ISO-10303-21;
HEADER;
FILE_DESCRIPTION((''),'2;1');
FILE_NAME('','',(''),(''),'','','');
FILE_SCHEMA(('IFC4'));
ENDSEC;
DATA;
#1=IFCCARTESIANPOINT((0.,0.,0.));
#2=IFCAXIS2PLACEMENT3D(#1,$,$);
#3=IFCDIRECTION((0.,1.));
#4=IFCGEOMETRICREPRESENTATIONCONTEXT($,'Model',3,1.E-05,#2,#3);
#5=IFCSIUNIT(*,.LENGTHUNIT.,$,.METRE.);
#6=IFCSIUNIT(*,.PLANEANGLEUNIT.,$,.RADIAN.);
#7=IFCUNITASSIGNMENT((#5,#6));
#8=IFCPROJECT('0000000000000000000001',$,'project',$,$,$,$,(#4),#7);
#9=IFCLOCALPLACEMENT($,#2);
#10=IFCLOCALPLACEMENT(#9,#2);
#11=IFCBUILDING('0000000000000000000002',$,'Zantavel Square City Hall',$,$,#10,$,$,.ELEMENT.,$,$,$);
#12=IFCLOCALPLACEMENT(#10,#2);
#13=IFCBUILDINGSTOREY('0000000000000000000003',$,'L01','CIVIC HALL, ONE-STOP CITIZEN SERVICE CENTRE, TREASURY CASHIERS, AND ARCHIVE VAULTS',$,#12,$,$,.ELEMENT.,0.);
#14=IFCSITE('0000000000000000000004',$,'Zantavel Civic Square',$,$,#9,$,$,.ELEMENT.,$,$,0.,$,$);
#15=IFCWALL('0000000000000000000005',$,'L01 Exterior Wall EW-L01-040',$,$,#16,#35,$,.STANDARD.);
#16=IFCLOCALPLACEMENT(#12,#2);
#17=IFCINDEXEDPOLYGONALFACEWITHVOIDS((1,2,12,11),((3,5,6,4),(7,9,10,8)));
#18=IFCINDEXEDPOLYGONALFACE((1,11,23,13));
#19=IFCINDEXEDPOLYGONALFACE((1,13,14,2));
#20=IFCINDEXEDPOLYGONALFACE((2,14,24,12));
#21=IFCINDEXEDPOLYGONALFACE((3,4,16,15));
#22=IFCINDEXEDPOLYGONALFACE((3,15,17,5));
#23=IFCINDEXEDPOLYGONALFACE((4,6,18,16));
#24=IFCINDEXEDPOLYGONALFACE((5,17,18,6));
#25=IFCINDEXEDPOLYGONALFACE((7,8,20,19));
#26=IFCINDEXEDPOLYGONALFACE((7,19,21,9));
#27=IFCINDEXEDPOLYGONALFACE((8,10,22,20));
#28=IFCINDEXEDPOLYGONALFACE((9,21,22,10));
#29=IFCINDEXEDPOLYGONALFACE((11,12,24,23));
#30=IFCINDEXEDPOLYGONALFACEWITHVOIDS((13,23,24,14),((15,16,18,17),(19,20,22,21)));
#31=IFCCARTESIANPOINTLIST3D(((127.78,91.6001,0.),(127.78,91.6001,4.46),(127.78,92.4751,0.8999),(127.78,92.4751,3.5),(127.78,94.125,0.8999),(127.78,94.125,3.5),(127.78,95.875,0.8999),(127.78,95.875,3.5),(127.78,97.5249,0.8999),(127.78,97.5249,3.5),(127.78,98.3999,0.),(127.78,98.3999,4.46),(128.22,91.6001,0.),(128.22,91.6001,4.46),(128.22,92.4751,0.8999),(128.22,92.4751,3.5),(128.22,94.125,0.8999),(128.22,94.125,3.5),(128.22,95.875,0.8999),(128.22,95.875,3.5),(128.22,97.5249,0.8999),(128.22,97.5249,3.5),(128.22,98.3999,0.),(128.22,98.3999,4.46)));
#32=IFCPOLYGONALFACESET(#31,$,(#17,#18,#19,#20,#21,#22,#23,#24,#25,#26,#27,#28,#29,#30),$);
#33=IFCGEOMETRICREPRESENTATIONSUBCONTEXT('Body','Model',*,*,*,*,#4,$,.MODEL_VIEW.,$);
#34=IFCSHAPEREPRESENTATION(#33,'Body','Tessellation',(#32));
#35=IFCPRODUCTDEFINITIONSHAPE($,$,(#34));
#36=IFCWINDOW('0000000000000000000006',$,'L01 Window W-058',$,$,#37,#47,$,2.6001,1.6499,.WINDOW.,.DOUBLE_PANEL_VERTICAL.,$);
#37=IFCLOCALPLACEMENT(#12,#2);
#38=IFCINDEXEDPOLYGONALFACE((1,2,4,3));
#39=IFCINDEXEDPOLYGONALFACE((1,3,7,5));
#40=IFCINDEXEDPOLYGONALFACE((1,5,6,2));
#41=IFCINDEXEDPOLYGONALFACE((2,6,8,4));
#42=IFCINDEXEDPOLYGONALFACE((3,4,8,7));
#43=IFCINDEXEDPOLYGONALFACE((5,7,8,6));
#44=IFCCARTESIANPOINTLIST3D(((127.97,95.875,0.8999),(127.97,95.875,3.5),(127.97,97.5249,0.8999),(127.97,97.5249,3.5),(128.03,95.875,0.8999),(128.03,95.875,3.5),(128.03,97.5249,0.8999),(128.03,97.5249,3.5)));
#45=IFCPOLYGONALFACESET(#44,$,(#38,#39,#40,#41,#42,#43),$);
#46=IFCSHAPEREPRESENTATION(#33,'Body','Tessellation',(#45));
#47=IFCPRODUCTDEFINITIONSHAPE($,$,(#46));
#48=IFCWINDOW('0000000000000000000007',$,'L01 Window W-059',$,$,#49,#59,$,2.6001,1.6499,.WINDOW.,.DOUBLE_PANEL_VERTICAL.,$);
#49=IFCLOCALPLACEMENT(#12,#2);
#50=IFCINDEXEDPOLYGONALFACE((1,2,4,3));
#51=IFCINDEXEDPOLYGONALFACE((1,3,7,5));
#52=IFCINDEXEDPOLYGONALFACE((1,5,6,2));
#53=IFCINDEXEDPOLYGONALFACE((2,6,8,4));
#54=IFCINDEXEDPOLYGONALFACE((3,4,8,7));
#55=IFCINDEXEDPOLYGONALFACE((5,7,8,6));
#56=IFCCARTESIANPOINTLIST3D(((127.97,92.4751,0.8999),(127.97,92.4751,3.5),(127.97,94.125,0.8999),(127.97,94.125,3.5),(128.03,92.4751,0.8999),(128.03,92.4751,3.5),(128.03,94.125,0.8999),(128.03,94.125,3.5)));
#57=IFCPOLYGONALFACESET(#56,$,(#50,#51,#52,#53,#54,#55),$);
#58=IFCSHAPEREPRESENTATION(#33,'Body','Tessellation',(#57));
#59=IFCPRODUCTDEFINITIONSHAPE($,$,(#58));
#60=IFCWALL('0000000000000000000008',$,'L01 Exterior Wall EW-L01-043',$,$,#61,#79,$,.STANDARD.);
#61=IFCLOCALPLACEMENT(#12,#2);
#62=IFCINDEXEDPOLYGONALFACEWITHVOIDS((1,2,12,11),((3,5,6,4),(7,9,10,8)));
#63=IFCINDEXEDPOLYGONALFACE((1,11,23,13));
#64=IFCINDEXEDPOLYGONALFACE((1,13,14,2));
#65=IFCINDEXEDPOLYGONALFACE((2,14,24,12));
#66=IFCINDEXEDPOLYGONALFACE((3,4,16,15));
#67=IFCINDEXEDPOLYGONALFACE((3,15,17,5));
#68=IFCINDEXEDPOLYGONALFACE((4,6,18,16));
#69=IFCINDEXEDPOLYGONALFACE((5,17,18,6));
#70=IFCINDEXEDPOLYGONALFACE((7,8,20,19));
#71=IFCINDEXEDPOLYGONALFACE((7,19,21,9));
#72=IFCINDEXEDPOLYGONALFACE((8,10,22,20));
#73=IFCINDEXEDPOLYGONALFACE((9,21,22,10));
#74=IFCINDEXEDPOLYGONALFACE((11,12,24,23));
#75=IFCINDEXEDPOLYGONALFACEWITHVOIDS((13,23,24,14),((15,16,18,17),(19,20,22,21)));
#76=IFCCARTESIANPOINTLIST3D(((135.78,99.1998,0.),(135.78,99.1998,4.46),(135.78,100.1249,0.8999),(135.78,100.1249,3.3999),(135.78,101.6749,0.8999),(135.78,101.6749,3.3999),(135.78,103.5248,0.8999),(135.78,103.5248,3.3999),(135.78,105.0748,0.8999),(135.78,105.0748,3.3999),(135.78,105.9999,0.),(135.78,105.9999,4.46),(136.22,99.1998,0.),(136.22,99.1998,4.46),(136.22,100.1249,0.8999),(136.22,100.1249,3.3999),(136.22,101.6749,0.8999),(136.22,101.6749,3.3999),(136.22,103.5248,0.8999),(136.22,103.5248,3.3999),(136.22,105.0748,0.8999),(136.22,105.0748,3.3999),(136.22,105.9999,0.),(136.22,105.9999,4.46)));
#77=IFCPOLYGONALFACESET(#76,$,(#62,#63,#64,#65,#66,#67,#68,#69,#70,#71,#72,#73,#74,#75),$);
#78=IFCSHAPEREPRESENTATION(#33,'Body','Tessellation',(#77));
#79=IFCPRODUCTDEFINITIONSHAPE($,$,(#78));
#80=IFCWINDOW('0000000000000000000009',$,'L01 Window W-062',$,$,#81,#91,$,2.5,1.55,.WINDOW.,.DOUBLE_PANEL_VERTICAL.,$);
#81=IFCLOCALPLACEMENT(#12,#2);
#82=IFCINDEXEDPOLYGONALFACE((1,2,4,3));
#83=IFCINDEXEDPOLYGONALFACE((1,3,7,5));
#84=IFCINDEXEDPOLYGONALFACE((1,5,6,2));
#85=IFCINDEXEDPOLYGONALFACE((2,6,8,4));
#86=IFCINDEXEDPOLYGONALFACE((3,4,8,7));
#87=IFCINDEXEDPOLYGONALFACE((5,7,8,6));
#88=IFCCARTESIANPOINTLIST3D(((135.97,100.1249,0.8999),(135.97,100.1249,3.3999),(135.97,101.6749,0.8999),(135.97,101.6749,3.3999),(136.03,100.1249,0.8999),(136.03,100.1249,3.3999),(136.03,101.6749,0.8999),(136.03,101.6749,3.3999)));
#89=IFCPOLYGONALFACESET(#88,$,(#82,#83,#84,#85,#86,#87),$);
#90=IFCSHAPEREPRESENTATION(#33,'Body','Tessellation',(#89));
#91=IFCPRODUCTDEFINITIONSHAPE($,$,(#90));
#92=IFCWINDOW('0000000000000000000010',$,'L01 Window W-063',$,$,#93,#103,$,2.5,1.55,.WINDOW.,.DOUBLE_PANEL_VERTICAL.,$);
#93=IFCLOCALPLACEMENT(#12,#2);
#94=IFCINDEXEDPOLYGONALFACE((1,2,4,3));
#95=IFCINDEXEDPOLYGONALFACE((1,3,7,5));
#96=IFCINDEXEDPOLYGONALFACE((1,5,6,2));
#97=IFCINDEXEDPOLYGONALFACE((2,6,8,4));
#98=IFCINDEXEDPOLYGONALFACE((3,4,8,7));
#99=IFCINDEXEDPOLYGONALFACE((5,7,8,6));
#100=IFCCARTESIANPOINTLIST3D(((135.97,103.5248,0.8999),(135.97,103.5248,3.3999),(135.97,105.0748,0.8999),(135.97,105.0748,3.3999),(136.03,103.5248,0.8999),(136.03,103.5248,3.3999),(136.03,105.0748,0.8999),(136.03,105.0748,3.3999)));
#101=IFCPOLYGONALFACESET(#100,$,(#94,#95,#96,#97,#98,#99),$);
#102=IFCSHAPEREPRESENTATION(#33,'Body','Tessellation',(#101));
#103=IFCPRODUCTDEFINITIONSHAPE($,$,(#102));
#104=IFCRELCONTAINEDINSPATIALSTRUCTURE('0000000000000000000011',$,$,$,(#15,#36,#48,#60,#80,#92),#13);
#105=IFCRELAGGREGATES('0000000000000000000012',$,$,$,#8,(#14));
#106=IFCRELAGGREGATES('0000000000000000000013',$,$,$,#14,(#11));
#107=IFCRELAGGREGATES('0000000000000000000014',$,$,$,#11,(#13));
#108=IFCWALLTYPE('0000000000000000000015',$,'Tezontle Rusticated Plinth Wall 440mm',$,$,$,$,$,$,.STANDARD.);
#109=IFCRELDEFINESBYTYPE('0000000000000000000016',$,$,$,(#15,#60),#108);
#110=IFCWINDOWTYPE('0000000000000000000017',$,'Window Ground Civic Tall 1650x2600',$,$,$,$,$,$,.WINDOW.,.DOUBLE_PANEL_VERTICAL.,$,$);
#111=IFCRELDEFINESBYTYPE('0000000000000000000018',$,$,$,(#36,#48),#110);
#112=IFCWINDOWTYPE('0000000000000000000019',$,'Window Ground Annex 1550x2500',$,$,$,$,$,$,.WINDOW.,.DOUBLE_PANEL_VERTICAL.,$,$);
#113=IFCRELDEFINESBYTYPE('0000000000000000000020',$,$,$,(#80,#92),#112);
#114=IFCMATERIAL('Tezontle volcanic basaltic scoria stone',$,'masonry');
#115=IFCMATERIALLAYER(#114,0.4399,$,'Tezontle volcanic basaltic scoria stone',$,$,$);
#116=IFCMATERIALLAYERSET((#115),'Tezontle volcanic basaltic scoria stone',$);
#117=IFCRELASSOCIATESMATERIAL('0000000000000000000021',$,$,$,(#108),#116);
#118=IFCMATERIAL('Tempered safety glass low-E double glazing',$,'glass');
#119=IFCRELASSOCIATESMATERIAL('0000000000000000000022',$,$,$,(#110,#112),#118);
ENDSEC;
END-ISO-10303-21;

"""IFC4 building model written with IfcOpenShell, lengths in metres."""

from ifc_helpers import new_model, si_unit, direction, frame, frame_2d, origin, place, context, subcontext, project, spatial, rectangle, extrude, material, layer, layer_set, type_object, element, fill, save


model = new_model("IFC4")

# Units and contexts
model_context = context("Model", 3, precision=1e-05, world=origin(), true_north=direction((0.0, 1.0)))
body_context = subcontext(model_context, "Body", "Model", "MODEL_VIEW")
ifc_project = project(units=[si_unit("LENGTHUNIT", "METRE"), si_unit("PLANEANGLEUNIT", "RADIAN")], contexts=[model_context])

# Site, building, storey
site_placement = place(None, origin())
site = spatial("IfcSite", under=ifc_project, at=site_placement, Name="Zantavel Civic Square", CompositionType="ELEMENT", RefElevation=0.0)
building_placement = place(site_placement, origin())
building = spatial("IfcBuilding", under=site, at=building_placement, Name="Zantavel Square City Hall", CompositionType="ELEMENT")
storey_placement = place(building_placement, origin())
storey = spatial("IfcBuildingStorey", under=building, at=storey_placement, Name="L01", Description="CIVIC HALL, ONE-STOP CITIZEN SERVICE CENTRE, TREASURY CASHIERS, AND ARCHIVE VAULTS", CompositionType="ELEMENT", Elevation=0.0)

# Walls, openings, windows
ifc_material_1 = material(Name="Tezontle volcanic basaltic scoria stone", Category="masonry")
ifc_layer = layer(ifc_material_1, 0.4399, Name="Tezontle volcanic basaltic scoria stone")
ifc_layer_set = layer_set([ifc_layer], Name="Tezontle volcanic basaltic scoria stone")
wall_type = type_object("IfcWallType", Name="Tezontle Rusticated Plinth Wall 440mm", PredefinedType="STANDARD", material=ifc_layer_set)
ifc_material_2 = material(Name="Tempered safety glass low-E double glazing", Category="glass")
window_type_1 = type_object("IfcWindowType", Name="Window Ground Civic Tall 1650x2600", PartitioningType="DOUBLE_PANEL_VERTICAL", PredefinedType="WINDOW", material=ifc_material_2)
wall_1_placement = place(storey_placement, frame((128.0, 98.3999, 0.0), z_axis=(0.0, 0.0, 1.0), x_axis=(0.0, -1.0, 0.0)))
wall_1 = element("IfcWall", 1, at=wall_1_placement, inside=storey, type_object=wall_type, Name="L01 Exterior Wall EW-L01-040", PredefinedType="STANDARD", context=body_context, shape_type="SweptSolid", body=[
    extrude(rectangle(XDim=6.7998, YDim=0.4399, at=frame_2d((3.3999, 0.0))), origin(), (0.0, 0.0, 1.0), 4.46),
])
opening_1_placement = place(wall_1_placement, frame((0.875, 0.0, 0.8999)))
opening_1 = element("IfcOpeningElement", 2, at=opening_1_placement, cuts=wall_1, PredefinedType="OPENING", context=body_context, shape_type="SweptSolid", body=[
    extrude(rectangle(XDim=1.6499, YDim=2.6001, at=frame_2d((0.825, 1.3))), frame((0.0, 0.23, 0.0), z_axis=(0.0, -1.0, 0.0), x_axis=(1.0, 0.0, 0.0)), (0.0, 0.0, 1.0), 0.46),
])
opening_2_placement = place(wall_1_placement, frame((4.2749, 0.0, 0.8999)))
opening_2 = element("IfcOpeningElement", 3, at=opening_2_placement, cuts=wall_1, PredefinedType="OPENING", context=body_context, shape_type="SweptSolid", body=[
    extrude(rectangle(XDim=1.6499, YDim=2.6001, at=frame_2d((0.825, 1.3))), frame((0.0, 0.23, 0.0), z_axis=(0.0, -1.0, 0.0), x_axis=(1.0, 0.0, 0.0)), (0.0, 0.0, 1.0), 0.46),
])
window_1_placement = place(opening_1_placement, origin())
window_1 = element("IfcWindow", 4, at=window_1_placement, inside=storey, type_object=window_type_1, Name="L01 Window W-058", OverallHeight=2.6001, OverallWidth=1.6499, PartitioningType="DOUBLE_PANEL_VERTICAL", PredefinedType="WINDOW", context=body_context, shape_type="SweptSolid", body=[
    extrude(rectangle(XDim=1.6499, YDim=2.6001, at=frame_2d((0.825, 1.3))), frame((0.0, 0.03, 0.0), z_axis=(0.0, -1.0, 0.0), x_axis=(1.0, 0.0, 0.0)), (0.0, 0.0, 1.0), 0.0601),
])
fill(opening_1, window_1)
window_2_placement = place(opening_2_placement, origin())
window_2 = element("IfcWindow", 5, at=window_2_placement, inside=storey, type_object=window_type_1, Name="L01 Window W-059", OverallHeight=2.6001, OverallWidth=1.6499, PartitioningType="DOUBLE_PANEL_VERTICAL", PredefinedType="WINDOW", context=body_context, shape_type="SweptSolid", body=[
    extrude(rectangle(XDim=1.6499, YDim=2.6001, at=frame_2d((0.825, 1.3))), frame((0.0, 0.03, 0.0), z_axis=(0.0, -1.0, 0.0), x_axis=(1.0, 0.0, 0.0)), (0.0, 0.0, 1.0), 0.0601),
])
fill(opening_2, window_2)
wall_2_placement = place(storey_placement, frame((136.0, 99.2, 0.0), z_axis=(0.0, 0.0, 1.0), x_axis=(0.0, 1.0, 0.0)))
wall_2 = element("IfcWall", 6, at=wall_2_placement, inside=storey, type_object=wall_type, Name="L01 Exterior Wall EW-L01-043", PredefinedType="STANDARD", context=body_context, shape_type="SweptSolid", body=[
    extrude(rectangle(XDim=6.8, YDim=0.4399, at=frame_2d((3.3999, 0.0))), origin(), (0.0, 0.0, 1.0), 4.46),
])
opening_3_placement = place(wall_2_placement, frame((0.925, 0.0, 0.8999)))
opening_3 = element("IfcOpeningElement", 7, at=opening_3_placement, cuts=wall_2, PredefinedType="OPENING", context=body_context, shape_type="SweptSolid", body=[
    extrude(rectangle(XDim=1.55, YDim=2.5, at=frame_2d((0.7749, 1.25))), frame((0.0, 0.23, 0.0), z_axis=(0.0, -1.0, 0.0), x_axis=(1.0, 0.0, 0.0)), (0.0, 0.0, 1.0), 0.46),
])
opening_4_placement = place(wall_2_placement, frame((4.325, 0.0, 0.8999)))
opening_4 = element("IfcOpeningElement", 8, at=opening_4_placement, cuts=wall_2, PredefinedType="OPENING", context=body_context, shape_type="SweptSolid", body=[
    extrude(rectangle(XDim=1.55, YDim=2.5, at=frame_2d((0.7749, 1.25))), frame((0.0, 0.23, 0.0), z_axis=(0.0, -1.0, 0.0), x_axis=(1.0, 0.0, 0.0)), (0.0, 0.0, 1.0), 0.46),
])
window_type_2 = type_object("IfcWindowType", Name="Window Ground Annex 1550x2500", PartitioningType="DOUBLE_PANEL_VERTICAL", PredefinedType="WINDOW", material=ifc_material_2)
window_3_placement = place(opening_3_placement, origin())
window_3 = element("IfcWindow", 9, at=window_3_placement, inside=storey, type_object=window_type_2, Name="L01 Window W-062", OverallHeight=2.5, OverallWidth=1.55, PartitioningType="DOUBLE_PANEL_VERTICAL", PredefinedType="WINDOW", context=body_context, shape_type="SweptSolid", body=[
    extrude(rectangle(XDim=1.55, YDim=2.5, at=frame_2d((0.7749, 1.25))), frame((0.0, 0.03, 0.0), z_axis=(0.0, -1.0, 0.0), x_axis=(1.0, 0.0, 0.0)), (0.0, 0.0, 1.0), 0.0601),
])
fill(opening_3, window_3)
window_4_placement = place(opening_4_placement, origin())
window_4 = element("IfcWindow", 10, at=window_4_placement, inside=storey, type_object=window_type_2, Name="L01 Window W-063", OverallHeight=2.5, OverallWidth=1.55, PartitioningType="DOUBLE_PANEL_VERTICAL", PredefinedType="WINDOW", context=body_context, shape_type="SweptSolid", body=[
    extrude(rectangle(XDim=1.55, YDim=2.5, at=frame_2d((0.7749, 1.25))), frame((0.0, 0.03, 0.0), z_axis=(0.0, -1.0, 0.0), x_axis=(1.0, 0.0, 0.0)), (0.0, 0.0, 1.0), 0.0601),
])
fill(opening_4, window_4)

save(model, "model.ifc")
